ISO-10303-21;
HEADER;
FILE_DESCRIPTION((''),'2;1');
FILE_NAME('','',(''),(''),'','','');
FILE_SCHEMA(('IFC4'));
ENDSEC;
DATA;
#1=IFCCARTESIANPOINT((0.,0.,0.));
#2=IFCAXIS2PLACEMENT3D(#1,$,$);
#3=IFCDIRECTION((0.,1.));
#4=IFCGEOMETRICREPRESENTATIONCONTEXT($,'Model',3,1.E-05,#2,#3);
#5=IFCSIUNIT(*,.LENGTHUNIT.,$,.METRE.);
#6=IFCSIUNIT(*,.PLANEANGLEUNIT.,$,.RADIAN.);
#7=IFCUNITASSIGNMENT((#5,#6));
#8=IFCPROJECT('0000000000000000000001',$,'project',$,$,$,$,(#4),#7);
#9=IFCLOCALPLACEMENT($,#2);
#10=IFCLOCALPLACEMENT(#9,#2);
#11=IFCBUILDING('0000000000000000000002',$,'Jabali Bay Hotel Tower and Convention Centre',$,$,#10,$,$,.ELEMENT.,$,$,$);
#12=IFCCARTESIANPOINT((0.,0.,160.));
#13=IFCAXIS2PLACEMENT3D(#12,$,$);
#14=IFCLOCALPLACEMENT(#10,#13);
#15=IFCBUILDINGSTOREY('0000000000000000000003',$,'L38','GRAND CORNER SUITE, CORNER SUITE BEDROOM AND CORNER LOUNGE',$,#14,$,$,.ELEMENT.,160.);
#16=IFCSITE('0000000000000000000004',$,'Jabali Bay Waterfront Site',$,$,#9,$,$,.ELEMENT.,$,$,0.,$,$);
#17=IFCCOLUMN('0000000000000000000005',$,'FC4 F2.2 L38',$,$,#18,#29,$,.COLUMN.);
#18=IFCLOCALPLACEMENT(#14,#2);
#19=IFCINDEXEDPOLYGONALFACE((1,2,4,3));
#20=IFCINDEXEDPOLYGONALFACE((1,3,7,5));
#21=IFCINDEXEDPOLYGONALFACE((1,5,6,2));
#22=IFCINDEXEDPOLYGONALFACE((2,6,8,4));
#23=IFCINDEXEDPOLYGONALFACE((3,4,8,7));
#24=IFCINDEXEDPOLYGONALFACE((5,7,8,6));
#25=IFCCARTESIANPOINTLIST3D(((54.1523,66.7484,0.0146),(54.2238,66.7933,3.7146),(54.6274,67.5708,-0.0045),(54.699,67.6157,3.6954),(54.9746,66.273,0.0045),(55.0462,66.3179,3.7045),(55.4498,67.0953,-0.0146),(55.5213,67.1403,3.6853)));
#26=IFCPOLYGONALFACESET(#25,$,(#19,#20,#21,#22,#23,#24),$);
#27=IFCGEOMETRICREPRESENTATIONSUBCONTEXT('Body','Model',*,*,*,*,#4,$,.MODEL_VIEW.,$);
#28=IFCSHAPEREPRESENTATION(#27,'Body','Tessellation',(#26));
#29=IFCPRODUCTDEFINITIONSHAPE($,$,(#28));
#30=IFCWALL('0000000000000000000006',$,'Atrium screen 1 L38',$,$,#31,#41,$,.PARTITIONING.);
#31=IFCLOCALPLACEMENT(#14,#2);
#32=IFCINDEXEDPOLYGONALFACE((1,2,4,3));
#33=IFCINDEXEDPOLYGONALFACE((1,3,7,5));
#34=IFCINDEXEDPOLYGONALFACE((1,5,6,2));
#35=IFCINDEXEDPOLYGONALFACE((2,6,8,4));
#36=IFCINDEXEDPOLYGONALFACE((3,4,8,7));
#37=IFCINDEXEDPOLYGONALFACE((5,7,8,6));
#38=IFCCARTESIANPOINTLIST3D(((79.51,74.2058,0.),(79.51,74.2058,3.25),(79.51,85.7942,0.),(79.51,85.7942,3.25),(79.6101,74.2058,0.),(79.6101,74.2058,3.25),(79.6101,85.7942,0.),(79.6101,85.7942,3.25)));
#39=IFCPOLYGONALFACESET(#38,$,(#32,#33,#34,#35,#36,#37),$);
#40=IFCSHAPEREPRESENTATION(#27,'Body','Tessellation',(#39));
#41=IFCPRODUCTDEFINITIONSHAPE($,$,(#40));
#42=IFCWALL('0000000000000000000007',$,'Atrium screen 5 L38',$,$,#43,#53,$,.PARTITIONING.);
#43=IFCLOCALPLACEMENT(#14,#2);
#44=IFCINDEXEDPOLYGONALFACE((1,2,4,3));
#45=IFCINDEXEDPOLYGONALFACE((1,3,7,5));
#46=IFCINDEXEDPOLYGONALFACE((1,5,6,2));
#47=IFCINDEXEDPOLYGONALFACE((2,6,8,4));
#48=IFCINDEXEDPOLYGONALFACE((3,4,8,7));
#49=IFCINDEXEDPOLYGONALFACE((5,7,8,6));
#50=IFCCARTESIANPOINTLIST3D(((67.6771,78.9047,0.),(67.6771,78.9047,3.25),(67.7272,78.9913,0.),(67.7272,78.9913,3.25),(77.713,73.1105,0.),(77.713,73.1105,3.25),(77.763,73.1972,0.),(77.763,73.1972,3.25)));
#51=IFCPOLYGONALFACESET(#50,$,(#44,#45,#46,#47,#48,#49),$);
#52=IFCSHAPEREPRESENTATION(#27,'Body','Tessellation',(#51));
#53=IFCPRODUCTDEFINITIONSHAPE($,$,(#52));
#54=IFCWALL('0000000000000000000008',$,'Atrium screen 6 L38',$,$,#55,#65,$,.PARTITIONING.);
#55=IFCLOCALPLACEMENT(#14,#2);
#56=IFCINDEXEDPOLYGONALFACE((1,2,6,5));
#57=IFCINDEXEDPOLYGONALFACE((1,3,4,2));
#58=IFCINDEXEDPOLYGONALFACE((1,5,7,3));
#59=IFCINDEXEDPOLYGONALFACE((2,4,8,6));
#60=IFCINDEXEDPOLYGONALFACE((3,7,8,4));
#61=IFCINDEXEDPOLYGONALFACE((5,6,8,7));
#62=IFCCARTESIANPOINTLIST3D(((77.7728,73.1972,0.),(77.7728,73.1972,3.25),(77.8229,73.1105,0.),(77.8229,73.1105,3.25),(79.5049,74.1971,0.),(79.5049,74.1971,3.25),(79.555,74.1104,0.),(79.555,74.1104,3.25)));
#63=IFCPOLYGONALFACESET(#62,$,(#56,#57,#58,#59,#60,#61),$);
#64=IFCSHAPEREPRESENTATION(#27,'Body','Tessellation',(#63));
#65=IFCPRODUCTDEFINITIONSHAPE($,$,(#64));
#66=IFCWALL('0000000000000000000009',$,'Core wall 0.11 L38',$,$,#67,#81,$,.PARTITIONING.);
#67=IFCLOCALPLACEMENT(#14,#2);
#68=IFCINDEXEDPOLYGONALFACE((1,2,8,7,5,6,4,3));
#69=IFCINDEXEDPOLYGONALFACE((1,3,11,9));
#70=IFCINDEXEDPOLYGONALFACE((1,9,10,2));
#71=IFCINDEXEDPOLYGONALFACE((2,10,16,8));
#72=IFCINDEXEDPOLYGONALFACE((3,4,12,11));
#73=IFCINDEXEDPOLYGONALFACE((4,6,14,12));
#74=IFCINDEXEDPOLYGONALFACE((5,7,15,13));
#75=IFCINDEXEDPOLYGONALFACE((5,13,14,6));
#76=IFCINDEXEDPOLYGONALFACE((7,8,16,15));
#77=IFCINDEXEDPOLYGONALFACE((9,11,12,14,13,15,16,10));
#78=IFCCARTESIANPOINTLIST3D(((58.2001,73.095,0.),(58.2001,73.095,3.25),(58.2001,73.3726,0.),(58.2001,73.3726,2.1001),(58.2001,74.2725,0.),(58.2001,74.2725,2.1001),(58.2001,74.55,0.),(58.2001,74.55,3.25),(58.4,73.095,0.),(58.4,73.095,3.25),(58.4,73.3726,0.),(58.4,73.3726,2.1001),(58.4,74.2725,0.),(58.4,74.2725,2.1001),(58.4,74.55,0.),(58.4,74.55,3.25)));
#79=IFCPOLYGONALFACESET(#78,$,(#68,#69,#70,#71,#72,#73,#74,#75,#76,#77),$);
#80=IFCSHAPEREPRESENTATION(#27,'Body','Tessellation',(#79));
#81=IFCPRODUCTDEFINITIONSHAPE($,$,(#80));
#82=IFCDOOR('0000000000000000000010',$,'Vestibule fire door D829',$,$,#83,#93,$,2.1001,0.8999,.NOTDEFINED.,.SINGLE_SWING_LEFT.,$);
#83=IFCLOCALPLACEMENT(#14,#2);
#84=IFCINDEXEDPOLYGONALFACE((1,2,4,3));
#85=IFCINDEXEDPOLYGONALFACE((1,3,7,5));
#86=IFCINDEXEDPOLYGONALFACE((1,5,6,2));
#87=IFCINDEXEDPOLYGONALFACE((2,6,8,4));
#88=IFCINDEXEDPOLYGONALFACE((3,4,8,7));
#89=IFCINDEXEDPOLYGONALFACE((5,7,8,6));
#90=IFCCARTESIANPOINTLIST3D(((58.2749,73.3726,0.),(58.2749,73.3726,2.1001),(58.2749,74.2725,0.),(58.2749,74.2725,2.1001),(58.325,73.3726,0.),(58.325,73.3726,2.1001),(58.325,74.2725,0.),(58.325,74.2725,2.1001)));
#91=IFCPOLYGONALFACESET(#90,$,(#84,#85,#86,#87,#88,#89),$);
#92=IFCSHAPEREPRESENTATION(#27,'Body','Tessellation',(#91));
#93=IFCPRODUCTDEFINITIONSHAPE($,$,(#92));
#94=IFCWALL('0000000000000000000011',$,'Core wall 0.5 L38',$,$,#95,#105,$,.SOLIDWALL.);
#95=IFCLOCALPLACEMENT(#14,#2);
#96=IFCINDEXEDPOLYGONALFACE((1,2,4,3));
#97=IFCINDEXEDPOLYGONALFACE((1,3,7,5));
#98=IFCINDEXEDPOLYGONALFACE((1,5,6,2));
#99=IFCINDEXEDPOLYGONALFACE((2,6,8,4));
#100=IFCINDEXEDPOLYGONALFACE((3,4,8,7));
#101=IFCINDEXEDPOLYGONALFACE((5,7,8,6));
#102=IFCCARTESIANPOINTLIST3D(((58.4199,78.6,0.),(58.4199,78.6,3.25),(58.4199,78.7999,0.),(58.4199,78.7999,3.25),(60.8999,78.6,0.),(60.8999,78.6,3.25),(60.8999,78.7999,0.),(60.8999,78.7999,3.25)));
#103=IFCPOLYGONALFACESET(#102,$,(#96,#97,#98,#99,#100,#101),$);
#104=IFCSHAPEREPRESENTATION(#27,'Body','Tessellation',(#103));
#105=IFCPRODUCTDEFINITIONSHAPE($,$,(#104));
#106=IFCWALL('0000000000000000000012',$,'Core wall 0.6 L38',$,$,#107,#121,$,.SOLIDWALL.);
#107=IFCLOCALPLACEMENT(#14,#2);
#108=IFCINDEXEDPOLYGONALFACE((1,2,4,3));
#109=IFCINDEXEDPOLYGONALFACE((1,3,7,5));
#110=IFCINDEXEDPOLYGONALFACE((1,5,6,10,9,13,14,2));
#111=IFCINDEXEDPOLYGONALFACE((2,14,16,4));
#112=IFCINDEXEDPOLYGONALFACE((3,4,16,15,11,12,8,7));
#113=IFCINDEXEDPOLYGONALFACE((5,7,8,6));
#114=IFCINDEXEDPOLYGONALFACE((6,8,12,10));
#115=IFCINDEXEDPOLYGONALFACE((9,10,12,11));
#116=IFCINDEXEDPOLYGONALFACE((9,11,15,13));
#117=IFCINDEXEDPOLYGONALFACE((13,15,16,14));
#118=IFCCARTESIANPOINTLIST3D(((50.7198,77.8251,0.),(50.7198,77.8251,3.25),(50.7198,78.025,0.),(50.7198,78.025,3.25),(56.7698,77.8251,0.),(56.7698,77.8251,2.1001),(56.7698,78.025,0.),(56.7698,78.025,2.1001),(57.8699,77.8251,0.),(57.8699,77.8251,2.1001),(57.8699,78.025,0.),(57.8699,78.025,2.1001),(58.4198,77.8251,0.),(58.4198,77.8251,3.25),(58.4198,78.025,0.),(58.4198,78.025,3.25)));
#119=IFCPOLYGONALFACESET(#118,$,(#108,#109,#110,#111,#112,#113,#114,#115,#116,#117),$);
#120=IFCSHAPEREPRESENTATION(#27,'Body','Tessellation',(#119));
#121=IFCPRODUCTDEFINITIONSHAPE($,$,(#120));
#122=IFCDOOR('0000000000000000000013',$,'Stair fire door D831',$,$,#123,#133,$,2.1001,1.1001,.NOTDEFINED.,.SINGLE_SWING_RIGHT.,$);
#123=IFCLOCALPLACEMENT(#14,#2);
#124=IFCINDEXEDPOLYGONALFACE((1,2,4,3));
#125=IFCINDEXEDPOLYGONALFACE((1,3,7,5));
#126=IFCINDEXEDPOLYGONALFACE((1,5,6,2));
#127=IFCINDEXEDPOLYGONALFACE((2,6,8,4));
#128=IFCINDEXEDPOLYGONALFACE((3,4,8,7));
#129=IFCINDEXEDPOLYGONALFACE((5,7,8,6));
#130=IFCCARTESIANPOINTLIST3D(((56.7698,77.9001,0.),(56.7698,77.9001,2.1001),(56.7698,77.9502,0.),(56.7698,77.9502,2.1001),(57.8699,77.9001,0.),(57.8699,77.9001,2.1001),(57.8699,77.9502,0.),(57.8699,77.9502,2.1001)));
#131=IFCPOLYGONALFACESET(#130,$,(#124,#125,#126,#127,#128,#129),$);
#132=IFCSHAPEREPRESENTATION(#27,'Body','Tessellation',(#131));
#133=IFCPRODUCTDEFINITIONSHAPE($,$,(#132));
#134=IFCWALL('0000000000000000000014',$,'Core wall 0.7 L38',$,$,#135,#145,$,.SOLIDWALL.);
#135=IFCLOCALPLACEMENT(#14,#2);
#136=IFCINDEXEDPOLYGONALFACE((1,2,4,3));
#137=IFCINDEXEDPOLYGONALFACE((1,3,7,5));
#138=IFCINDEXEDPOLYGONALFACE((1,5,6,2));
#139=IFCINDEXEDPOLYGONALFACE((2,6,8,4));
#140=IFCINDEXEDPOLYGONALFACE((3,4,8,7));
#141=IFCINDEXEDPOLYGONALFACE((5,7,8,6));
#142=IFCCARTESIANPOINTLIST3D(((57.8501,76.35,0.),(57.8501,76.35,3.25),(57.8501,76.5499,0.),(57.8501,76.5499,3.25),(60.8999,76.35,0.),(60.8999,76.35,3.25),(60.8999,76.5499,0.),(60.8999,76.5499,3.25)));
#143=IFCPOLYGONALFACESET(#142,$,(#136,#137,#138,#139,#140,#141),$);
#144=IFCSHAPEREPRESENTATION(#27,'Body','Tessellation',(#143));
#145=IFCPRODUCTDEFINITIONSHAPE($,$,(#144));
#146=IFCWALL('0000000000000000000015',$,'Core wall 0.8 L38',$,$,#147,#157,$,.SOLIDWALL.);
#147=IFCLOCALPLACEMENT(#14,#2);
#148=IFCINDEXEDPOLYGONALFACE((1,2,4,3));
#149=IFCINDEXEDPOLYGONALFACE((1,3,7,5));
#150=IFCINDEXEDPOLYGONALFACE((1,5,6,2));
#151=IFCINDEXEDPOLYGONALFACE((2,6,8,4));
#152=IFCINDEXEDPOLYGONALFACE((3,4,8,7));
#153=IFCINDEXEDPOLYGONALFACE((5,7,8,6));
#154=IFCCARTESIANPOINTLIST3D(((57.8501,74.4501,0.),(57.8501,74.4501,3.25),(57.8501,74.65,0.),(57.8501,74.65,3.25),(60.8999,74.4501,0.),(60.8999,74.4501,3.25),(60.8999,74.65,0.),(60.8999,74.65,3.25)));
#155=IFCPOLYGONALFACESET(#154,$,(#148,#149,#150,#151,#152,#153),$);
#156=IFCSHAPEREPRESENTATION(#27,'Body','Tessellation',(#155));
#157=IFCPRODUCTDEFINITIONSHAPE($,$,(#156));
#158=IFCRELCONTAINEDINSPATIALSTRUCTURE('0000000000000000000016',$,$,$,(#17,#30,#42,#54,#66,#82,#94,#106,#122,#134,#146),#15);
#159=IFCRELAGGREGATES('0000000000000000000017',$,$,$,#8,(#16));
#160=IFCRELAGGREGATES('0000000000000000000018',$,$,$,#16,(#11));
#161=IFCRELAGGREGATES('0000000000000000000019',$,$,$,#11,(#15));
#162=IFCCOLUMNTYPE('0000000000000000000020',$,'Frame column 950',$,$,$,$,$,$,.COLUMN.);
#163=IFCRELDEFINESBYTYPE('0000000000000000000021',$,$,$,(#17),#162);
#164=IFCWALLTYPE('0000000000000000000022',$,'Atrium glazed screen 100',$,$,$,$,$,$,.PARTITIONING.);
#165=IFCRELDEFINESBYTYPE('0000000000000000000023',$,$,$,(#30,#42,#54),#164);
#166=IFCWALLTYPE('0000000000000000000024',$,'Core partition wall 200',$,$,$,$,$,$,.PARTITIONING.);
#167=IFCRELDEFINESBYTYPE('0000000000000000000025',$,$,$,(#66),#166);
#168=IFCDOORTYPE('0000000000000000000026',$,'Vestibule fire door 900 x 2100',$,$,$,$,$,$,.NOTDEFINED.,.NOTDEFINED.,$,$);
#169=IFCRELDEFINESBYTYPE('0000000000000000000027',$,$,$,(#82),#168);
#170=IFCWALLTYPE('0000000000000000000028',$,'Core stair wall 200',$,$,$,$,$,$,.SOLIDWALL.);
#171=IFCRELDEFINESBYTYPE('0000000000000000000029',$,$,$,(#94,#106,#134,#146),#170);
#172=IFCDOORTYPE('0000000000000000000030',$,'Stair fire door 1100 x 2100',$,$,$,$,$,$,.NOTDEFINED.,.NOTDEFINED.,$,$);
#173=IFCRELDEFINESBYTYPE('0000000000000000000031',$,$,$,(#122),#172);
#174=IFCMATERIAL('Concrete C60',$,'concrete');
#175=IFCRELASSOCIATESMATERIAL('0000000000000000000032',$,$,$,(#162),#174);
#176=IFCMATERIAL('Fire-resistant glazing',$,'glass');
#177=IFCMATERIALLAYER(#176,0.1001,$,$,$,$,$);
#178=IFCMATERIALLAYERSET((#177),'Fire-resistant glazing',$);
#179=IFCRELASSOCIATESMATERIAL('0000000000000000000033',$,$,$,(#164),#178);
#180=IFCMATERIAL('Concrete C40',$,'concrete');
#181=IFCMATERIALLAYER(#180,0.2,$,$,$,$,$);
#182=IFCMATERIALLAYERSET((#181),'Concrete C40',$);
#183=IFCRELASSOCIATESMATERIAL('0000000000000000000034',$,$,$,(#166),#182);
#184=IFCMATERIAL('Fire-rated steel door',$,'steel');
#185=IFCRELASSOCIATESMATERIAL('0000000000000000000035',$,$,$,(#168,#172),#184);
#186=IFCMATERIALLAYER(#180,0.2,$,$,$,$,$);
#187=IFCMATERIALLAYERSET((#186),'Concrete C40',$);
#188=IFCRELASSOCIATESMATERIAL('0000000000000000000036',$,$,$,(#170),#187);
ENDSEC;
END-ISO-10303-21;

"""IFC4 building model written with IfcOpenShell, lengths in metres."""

from ifc_helpers import new_model, si_unit, direction, frame, frame_2d, origin, origin_2d, place, context, subcontext, project, spatial, rectangle, extrude, material, layer, layer_set, material_profile, profile_set, type_object, element, fill, save


model = new_model("IFC4")

# Units and contexts
model_context = context("Model", 3, precision=1e-05, world=origin(), true_north=direction((0.0, 1.0)))
body_context = subcontext(model_context, "Body", "Model", "MODEL_VIEW")
ifc_project = project(units=[si_unit("LENGTHUNIT", "METRE"), si_unit("PLANEANGLEUNIT", "RADIAN")], contexts=[model_context])

# Site, building, storey
site_placement = place(None, origin())
site = spatial("IfcSite", under=ifc_project, at=site_placement, Name="Jabali Bay Waterfront Site", CompositionType="ELEMENT", RefElevation=0.0)
building_placement = place(site_placement, origin())
building = spatial("IfcBuilding", under=site, at=building_placement, Name="Jabali Bay Hotel Tower and Convention Centre", CompositionType="ELEMENT")
storey_placement = place(building_placement, frame((0.0, 0.0, 160.0)))
storey = spatial("IfcBuildingStorey", under=building, at=storey_placement, Name="L38", Description="GRAND CORNER SUITE, CORNER SUITE BEDROOM AND CORNER LOUNGE", CompositionType="ELEMENT", Elevation=160.0)

# Column
ifc_material_1 = material(Name="Concrete C60", Category="concrete")
ifc_material_profile = material_profile(ifc_material_1, rectangle(XDim=0.95, YDim=0.95, at=origin_2d()), Name="Frame column 950")
ifc_profile_set = profile_set([ifc_material_profile], Name="Concrete C60")
column_type = type_object("IfcColumnType", Name="Frame column 950", PredefinedType="COLUMN", material=ifc_profile_set)
column_placement = place(storey_placement, frame((54.801, 66.9219, 0.0), z_axis=(0.019329, 0.012138, 0.99974), x_axis=(-0.865689, 0.500469, 0.010661)))
element("IfcColumn", 1, at=column_placement, inside=storey, type_object=column_type, Name="FC4 F2.2 L38", PredefinedType="COLUMN", context=body_context, shape_type="SweptSolid", body=[
    extrude(rectangle(XDim=0.95, YDim=0.95, at=origin_2d()), origin(), (0.0, 0.0, 1.0), 3.7009),
])

# Walls
ifc_material_2 = material(Name="Fire-resistant glazing", Category="glass")
ifc_layer_1 = layer(ifc_material_2, 0.1001)
ifc_layer_set_1 = layer_set([ifc_layer_1], Name="Fire-resistant glazing")
wall_type_1 = type_object("IfcWallType", Name="Atrium glazed screen 100", PredefinedType="PARTITIONING", material=ifc_layer_set_1)
for number, where, z_axis, x_axis, name in (
    (2, (79.5601, 74.2058, 0.0), (0.0, 0.0, 1.0), (0.0, 1.0, 0.0), "Atrium screen 1 L38"),
    (3, (67.7021, 78.948, 0.0), (0.0, 0.0, 1.0), (0.866027, -0.499998, 0.0), "Atrium screen 5 L38"),
):
    element("IfcWall", number, at=place(storey_placement, frame(where, z_axis=z_axis, x_axis=x_axis)), inside=storey, type_object=wall_type_1, Name=name, PredefinedType="PARTITIONING", context=body_context, shape_type="SweptSolid", body=[
        extrude(rectangle(XDim=11.5884, YDim=0.1001, at=frame_2d((5.7942, 0.0))), origin(), (0.0, 0.0, 1.0), 3.25),
    ])
wall_1_placement = place(storey_placement, frame((77.7979, 73.1538, 0.0), z_axis=(0.0, 0.0, 1.0), x_axis=(0.866041, 0.499973, 0.0)))
element("IfcWall", 4, at=wall_1_placement, inside=storey, type_object=wall_type_1, Name="Atrium screen 6 L38", PredefinedType="PARTITIONING", context=body_context, shape_type="SweptSolid", body=[
    extrude(rectangle(XDim=2.0, YDim=0.1001, at=frame_2d((1.0, 0.0))), origin(), (0.0, 0.0, 1.0), 3.25),
])

# Wall, opening, door
ifc_material_3 = material(Name="Concrete C40", Category="concrete")
ifc_layer_2 = layer(ifc_material_3, 0.2)
ifc_layer_set_2 = layer_set([ifc_layer_2], Name="Concrete C40")
wall_type_2 = type_object("IfcWallType", Name="Core partition wall 200", PredefinedType="PARTITIONING", material=ifc_layer_set_2)
wall_2_placement = place(storey_placement, frame((58.3, 74.55, 0.0), z_axis=(0.0, 0.0, 1.0), x_axis=(0.0, -1.0, 0.0)))
wall_2 = element("IfcWall", 5, at=wall_2_placement, inside=storey, type_object=wall_type_2, Name="Core wall 0.11 L38", PredefinedType="PARTITIONING", context=body_context, shape_type="SweptSolid", body=[
    extrude(rectangle(XDim=1.4551, YDim=0.2, at=frame_2d((0.7275, 0.0))), origin(), (0.0, 0.0, 1.0), 3.25),
])
opening_1_placement = place(wall_2_placement, frame((0.2776, 0.0, 0.0)))
opening_1 = element("IfcOpeningElement", 6, at=opening_1_placement, cuts=wall_2, PredefinedType="OPENING", context=body_context, shape_type="SweptSolid", body=[
    extrude(rectangle(XDim=0.8999, YDim=2.1001, at=frame_2d((0.45, 1.05))), frame((0.0, 0.1104, 0.0), z_axis=(0.0, -1.0, 0.0), x_axis=(1.0, 0.0, 0.0)), (0.0, 0.0, 1.0), 0.2209),
])
ifc_material_4 = material(Name="Fire-rated steel door", Category="steel")
door_type_1 = type_object("IfcDoorType", Name="Vestibule fire door 900 x 2100", OperationType="NOTDEFINED", PredefinedType="NOTDEFINED", material=ifc_material_4)
door_1_placement = place(opening_1_placement, origin())
door_1 = element("IfcDoor", 7, at=door_1_placement, inside=storey, type_object=door_type_1, Name="Vestibule fire door D829", OperationType="SINGLE_SWING_LEFT", OverallHeight=2.1001, OverallWidth=0.8999, PredefinedType="NOTDEFINED", context=body_context, shape_type="SweptSolid", body=[
    extrude(rectangle(XDim=0.8999, YDim=2.1001, at=frame_2d((0.45, 1.05))), frame((0.0, 0.0249, 0.0), z_axis=(0.0, -1.0, 0.0), x_axis=(1.0, 0.0, 0.0)), (0.0, 0.0, 1.0), 0.05),
])
fill(opening_1, door_1)

# Wall
ifc_layer_3 = layer(ifc_material_3, 0.2)
ifc_layer_set_3 = layer_set([ifc_layer_3], Name="Concrete C40")
wall_type_3 = type_object("IfcWallType", Name="Core stair wall 200", PredefinedType="SOLIDWALL", material=ifc_layer_set_3)
wall_3_placement = place(storey_placement, frame((60.8999, 78.7, 0.0), z_axis=(0.0, 0.0, 1.0), x_axis=(-1.0, 0.0, 0.0)))
element("IfcWall", 8, at=wall_3_placement, inside=storey, type_object=wall_type_3, Name="Core wall 0.5 L38", PredefinedType="SOLIDWALL", context=body_context, shape_type="SweptSolid", body=[
    extrude(rectangle(XDim=2.48, YDim=0.2, at=frame_2d((1.24, 0.0))), origin(), (0.0, 0.0, 1.0), 3.25),
])

# Wall, opening, door
wall_4_placement = place(storey_placement, frame((58.4199, 77.925, 0.0), z_axis=(0.0, 0.0, 1.0), x_axis=(-1.0, 0.0, 0.0)))
wall_4 = element("IfcWall", 9, at=wall_4_placement, inside=storey, type_object=wall_type_3, Name="Core wall 0.6 L38", PredefinedType="SOLIDWALL", context=body_context, shape_type="SweptSolid", body=[
    extrude(rectangle(XDim=7.7, YDim=0.2, at=frame_2d((3.8501, 0.0))), origin(), (0.0, 0.0, 1.0), 3.25),
])
opening_2_placement = place(wall_4_placement, frame((0.55, 0.0, 0.0)))
opening_2 = element("IfcOpeningElement", 10, at=opening_2_placement, cuts=wall_4, PredefinedType="OPENING", context=body_context, shape_type="SweptSolid", body=[
    extrude(rectangle(XDim=1.1001, YDim=2.1001, at=frame_2d((0.55, 1.05))), frame((0.0, 0.1104, 0.0), z_axis=(0.0, -1.0, 0.0), x_axis=(1.0, 0.0, 0.0)), (0.0, 0.0, 1.0), 0.2209),
])
door_type_2 = type_object("IfcDoorType", Name="Stair fire door 1100 x 2100", OperationType="NOTDEFINED", PredefinedType="NOTDEFINED", material=ifc_material_4)
door_2_placement = place(opening_2_placement, origin())
door_2 = element("IfcDoor", 11, at=door_2_placement, inside=storey, type_object=door_type_2, Name="Stair fire door D831", OperationType="SINGLE_SWING_RIGHT", OverallHeight=2.1001, OverallWidth=1.1001, PredefinedType="NOTDEFINED", context=body_context, shape_type="SweptSolid", body=[
    extrude(rectangle(XDim=1.1001, YDim=2.1001, at=frame_2d((0.55, 1.05))), frame((0.0, 0.0249, 0.0), z_axis=(0.0, -1.0, 0.0), x_axis=(1.0, 0.0, 0.0)), (0.0, 0.0, 1.0), 0.05),
])
fill(opening_2, door_2)

# Walls
for number, where, z_axis, x_axis, name in (
    (12, (60.8999, 76.45, 0.0), (0.0, 0.0, 1.0), (-1.0, 0.0, 0.0), "Core wall 0.7 L38"),
    (13, (60.8999, 74.55, 0.0), (0.0, 0.0, 1.0), (-1.0, 0.0, 0.0), "Core wall 0.8 L38"),
):
    element("IfcWall", number, at=place(storey_placement, frame(where, z_axis=z_axis, x_axis=x_axis)), inside=storey, type_object=wall_type_3, Name=name, PredefinedType="SOLIDWALL", context=body_context, shape_type="SweptSolid", body=[
        extrude(rectangle(XDim=3.0498, YDim=0.2, at=frame_2d((1.5249, 0.0))), origin(), (0.0, 0.0, 1.0), 3.25),
    ])

save(model, "model.ifc")
